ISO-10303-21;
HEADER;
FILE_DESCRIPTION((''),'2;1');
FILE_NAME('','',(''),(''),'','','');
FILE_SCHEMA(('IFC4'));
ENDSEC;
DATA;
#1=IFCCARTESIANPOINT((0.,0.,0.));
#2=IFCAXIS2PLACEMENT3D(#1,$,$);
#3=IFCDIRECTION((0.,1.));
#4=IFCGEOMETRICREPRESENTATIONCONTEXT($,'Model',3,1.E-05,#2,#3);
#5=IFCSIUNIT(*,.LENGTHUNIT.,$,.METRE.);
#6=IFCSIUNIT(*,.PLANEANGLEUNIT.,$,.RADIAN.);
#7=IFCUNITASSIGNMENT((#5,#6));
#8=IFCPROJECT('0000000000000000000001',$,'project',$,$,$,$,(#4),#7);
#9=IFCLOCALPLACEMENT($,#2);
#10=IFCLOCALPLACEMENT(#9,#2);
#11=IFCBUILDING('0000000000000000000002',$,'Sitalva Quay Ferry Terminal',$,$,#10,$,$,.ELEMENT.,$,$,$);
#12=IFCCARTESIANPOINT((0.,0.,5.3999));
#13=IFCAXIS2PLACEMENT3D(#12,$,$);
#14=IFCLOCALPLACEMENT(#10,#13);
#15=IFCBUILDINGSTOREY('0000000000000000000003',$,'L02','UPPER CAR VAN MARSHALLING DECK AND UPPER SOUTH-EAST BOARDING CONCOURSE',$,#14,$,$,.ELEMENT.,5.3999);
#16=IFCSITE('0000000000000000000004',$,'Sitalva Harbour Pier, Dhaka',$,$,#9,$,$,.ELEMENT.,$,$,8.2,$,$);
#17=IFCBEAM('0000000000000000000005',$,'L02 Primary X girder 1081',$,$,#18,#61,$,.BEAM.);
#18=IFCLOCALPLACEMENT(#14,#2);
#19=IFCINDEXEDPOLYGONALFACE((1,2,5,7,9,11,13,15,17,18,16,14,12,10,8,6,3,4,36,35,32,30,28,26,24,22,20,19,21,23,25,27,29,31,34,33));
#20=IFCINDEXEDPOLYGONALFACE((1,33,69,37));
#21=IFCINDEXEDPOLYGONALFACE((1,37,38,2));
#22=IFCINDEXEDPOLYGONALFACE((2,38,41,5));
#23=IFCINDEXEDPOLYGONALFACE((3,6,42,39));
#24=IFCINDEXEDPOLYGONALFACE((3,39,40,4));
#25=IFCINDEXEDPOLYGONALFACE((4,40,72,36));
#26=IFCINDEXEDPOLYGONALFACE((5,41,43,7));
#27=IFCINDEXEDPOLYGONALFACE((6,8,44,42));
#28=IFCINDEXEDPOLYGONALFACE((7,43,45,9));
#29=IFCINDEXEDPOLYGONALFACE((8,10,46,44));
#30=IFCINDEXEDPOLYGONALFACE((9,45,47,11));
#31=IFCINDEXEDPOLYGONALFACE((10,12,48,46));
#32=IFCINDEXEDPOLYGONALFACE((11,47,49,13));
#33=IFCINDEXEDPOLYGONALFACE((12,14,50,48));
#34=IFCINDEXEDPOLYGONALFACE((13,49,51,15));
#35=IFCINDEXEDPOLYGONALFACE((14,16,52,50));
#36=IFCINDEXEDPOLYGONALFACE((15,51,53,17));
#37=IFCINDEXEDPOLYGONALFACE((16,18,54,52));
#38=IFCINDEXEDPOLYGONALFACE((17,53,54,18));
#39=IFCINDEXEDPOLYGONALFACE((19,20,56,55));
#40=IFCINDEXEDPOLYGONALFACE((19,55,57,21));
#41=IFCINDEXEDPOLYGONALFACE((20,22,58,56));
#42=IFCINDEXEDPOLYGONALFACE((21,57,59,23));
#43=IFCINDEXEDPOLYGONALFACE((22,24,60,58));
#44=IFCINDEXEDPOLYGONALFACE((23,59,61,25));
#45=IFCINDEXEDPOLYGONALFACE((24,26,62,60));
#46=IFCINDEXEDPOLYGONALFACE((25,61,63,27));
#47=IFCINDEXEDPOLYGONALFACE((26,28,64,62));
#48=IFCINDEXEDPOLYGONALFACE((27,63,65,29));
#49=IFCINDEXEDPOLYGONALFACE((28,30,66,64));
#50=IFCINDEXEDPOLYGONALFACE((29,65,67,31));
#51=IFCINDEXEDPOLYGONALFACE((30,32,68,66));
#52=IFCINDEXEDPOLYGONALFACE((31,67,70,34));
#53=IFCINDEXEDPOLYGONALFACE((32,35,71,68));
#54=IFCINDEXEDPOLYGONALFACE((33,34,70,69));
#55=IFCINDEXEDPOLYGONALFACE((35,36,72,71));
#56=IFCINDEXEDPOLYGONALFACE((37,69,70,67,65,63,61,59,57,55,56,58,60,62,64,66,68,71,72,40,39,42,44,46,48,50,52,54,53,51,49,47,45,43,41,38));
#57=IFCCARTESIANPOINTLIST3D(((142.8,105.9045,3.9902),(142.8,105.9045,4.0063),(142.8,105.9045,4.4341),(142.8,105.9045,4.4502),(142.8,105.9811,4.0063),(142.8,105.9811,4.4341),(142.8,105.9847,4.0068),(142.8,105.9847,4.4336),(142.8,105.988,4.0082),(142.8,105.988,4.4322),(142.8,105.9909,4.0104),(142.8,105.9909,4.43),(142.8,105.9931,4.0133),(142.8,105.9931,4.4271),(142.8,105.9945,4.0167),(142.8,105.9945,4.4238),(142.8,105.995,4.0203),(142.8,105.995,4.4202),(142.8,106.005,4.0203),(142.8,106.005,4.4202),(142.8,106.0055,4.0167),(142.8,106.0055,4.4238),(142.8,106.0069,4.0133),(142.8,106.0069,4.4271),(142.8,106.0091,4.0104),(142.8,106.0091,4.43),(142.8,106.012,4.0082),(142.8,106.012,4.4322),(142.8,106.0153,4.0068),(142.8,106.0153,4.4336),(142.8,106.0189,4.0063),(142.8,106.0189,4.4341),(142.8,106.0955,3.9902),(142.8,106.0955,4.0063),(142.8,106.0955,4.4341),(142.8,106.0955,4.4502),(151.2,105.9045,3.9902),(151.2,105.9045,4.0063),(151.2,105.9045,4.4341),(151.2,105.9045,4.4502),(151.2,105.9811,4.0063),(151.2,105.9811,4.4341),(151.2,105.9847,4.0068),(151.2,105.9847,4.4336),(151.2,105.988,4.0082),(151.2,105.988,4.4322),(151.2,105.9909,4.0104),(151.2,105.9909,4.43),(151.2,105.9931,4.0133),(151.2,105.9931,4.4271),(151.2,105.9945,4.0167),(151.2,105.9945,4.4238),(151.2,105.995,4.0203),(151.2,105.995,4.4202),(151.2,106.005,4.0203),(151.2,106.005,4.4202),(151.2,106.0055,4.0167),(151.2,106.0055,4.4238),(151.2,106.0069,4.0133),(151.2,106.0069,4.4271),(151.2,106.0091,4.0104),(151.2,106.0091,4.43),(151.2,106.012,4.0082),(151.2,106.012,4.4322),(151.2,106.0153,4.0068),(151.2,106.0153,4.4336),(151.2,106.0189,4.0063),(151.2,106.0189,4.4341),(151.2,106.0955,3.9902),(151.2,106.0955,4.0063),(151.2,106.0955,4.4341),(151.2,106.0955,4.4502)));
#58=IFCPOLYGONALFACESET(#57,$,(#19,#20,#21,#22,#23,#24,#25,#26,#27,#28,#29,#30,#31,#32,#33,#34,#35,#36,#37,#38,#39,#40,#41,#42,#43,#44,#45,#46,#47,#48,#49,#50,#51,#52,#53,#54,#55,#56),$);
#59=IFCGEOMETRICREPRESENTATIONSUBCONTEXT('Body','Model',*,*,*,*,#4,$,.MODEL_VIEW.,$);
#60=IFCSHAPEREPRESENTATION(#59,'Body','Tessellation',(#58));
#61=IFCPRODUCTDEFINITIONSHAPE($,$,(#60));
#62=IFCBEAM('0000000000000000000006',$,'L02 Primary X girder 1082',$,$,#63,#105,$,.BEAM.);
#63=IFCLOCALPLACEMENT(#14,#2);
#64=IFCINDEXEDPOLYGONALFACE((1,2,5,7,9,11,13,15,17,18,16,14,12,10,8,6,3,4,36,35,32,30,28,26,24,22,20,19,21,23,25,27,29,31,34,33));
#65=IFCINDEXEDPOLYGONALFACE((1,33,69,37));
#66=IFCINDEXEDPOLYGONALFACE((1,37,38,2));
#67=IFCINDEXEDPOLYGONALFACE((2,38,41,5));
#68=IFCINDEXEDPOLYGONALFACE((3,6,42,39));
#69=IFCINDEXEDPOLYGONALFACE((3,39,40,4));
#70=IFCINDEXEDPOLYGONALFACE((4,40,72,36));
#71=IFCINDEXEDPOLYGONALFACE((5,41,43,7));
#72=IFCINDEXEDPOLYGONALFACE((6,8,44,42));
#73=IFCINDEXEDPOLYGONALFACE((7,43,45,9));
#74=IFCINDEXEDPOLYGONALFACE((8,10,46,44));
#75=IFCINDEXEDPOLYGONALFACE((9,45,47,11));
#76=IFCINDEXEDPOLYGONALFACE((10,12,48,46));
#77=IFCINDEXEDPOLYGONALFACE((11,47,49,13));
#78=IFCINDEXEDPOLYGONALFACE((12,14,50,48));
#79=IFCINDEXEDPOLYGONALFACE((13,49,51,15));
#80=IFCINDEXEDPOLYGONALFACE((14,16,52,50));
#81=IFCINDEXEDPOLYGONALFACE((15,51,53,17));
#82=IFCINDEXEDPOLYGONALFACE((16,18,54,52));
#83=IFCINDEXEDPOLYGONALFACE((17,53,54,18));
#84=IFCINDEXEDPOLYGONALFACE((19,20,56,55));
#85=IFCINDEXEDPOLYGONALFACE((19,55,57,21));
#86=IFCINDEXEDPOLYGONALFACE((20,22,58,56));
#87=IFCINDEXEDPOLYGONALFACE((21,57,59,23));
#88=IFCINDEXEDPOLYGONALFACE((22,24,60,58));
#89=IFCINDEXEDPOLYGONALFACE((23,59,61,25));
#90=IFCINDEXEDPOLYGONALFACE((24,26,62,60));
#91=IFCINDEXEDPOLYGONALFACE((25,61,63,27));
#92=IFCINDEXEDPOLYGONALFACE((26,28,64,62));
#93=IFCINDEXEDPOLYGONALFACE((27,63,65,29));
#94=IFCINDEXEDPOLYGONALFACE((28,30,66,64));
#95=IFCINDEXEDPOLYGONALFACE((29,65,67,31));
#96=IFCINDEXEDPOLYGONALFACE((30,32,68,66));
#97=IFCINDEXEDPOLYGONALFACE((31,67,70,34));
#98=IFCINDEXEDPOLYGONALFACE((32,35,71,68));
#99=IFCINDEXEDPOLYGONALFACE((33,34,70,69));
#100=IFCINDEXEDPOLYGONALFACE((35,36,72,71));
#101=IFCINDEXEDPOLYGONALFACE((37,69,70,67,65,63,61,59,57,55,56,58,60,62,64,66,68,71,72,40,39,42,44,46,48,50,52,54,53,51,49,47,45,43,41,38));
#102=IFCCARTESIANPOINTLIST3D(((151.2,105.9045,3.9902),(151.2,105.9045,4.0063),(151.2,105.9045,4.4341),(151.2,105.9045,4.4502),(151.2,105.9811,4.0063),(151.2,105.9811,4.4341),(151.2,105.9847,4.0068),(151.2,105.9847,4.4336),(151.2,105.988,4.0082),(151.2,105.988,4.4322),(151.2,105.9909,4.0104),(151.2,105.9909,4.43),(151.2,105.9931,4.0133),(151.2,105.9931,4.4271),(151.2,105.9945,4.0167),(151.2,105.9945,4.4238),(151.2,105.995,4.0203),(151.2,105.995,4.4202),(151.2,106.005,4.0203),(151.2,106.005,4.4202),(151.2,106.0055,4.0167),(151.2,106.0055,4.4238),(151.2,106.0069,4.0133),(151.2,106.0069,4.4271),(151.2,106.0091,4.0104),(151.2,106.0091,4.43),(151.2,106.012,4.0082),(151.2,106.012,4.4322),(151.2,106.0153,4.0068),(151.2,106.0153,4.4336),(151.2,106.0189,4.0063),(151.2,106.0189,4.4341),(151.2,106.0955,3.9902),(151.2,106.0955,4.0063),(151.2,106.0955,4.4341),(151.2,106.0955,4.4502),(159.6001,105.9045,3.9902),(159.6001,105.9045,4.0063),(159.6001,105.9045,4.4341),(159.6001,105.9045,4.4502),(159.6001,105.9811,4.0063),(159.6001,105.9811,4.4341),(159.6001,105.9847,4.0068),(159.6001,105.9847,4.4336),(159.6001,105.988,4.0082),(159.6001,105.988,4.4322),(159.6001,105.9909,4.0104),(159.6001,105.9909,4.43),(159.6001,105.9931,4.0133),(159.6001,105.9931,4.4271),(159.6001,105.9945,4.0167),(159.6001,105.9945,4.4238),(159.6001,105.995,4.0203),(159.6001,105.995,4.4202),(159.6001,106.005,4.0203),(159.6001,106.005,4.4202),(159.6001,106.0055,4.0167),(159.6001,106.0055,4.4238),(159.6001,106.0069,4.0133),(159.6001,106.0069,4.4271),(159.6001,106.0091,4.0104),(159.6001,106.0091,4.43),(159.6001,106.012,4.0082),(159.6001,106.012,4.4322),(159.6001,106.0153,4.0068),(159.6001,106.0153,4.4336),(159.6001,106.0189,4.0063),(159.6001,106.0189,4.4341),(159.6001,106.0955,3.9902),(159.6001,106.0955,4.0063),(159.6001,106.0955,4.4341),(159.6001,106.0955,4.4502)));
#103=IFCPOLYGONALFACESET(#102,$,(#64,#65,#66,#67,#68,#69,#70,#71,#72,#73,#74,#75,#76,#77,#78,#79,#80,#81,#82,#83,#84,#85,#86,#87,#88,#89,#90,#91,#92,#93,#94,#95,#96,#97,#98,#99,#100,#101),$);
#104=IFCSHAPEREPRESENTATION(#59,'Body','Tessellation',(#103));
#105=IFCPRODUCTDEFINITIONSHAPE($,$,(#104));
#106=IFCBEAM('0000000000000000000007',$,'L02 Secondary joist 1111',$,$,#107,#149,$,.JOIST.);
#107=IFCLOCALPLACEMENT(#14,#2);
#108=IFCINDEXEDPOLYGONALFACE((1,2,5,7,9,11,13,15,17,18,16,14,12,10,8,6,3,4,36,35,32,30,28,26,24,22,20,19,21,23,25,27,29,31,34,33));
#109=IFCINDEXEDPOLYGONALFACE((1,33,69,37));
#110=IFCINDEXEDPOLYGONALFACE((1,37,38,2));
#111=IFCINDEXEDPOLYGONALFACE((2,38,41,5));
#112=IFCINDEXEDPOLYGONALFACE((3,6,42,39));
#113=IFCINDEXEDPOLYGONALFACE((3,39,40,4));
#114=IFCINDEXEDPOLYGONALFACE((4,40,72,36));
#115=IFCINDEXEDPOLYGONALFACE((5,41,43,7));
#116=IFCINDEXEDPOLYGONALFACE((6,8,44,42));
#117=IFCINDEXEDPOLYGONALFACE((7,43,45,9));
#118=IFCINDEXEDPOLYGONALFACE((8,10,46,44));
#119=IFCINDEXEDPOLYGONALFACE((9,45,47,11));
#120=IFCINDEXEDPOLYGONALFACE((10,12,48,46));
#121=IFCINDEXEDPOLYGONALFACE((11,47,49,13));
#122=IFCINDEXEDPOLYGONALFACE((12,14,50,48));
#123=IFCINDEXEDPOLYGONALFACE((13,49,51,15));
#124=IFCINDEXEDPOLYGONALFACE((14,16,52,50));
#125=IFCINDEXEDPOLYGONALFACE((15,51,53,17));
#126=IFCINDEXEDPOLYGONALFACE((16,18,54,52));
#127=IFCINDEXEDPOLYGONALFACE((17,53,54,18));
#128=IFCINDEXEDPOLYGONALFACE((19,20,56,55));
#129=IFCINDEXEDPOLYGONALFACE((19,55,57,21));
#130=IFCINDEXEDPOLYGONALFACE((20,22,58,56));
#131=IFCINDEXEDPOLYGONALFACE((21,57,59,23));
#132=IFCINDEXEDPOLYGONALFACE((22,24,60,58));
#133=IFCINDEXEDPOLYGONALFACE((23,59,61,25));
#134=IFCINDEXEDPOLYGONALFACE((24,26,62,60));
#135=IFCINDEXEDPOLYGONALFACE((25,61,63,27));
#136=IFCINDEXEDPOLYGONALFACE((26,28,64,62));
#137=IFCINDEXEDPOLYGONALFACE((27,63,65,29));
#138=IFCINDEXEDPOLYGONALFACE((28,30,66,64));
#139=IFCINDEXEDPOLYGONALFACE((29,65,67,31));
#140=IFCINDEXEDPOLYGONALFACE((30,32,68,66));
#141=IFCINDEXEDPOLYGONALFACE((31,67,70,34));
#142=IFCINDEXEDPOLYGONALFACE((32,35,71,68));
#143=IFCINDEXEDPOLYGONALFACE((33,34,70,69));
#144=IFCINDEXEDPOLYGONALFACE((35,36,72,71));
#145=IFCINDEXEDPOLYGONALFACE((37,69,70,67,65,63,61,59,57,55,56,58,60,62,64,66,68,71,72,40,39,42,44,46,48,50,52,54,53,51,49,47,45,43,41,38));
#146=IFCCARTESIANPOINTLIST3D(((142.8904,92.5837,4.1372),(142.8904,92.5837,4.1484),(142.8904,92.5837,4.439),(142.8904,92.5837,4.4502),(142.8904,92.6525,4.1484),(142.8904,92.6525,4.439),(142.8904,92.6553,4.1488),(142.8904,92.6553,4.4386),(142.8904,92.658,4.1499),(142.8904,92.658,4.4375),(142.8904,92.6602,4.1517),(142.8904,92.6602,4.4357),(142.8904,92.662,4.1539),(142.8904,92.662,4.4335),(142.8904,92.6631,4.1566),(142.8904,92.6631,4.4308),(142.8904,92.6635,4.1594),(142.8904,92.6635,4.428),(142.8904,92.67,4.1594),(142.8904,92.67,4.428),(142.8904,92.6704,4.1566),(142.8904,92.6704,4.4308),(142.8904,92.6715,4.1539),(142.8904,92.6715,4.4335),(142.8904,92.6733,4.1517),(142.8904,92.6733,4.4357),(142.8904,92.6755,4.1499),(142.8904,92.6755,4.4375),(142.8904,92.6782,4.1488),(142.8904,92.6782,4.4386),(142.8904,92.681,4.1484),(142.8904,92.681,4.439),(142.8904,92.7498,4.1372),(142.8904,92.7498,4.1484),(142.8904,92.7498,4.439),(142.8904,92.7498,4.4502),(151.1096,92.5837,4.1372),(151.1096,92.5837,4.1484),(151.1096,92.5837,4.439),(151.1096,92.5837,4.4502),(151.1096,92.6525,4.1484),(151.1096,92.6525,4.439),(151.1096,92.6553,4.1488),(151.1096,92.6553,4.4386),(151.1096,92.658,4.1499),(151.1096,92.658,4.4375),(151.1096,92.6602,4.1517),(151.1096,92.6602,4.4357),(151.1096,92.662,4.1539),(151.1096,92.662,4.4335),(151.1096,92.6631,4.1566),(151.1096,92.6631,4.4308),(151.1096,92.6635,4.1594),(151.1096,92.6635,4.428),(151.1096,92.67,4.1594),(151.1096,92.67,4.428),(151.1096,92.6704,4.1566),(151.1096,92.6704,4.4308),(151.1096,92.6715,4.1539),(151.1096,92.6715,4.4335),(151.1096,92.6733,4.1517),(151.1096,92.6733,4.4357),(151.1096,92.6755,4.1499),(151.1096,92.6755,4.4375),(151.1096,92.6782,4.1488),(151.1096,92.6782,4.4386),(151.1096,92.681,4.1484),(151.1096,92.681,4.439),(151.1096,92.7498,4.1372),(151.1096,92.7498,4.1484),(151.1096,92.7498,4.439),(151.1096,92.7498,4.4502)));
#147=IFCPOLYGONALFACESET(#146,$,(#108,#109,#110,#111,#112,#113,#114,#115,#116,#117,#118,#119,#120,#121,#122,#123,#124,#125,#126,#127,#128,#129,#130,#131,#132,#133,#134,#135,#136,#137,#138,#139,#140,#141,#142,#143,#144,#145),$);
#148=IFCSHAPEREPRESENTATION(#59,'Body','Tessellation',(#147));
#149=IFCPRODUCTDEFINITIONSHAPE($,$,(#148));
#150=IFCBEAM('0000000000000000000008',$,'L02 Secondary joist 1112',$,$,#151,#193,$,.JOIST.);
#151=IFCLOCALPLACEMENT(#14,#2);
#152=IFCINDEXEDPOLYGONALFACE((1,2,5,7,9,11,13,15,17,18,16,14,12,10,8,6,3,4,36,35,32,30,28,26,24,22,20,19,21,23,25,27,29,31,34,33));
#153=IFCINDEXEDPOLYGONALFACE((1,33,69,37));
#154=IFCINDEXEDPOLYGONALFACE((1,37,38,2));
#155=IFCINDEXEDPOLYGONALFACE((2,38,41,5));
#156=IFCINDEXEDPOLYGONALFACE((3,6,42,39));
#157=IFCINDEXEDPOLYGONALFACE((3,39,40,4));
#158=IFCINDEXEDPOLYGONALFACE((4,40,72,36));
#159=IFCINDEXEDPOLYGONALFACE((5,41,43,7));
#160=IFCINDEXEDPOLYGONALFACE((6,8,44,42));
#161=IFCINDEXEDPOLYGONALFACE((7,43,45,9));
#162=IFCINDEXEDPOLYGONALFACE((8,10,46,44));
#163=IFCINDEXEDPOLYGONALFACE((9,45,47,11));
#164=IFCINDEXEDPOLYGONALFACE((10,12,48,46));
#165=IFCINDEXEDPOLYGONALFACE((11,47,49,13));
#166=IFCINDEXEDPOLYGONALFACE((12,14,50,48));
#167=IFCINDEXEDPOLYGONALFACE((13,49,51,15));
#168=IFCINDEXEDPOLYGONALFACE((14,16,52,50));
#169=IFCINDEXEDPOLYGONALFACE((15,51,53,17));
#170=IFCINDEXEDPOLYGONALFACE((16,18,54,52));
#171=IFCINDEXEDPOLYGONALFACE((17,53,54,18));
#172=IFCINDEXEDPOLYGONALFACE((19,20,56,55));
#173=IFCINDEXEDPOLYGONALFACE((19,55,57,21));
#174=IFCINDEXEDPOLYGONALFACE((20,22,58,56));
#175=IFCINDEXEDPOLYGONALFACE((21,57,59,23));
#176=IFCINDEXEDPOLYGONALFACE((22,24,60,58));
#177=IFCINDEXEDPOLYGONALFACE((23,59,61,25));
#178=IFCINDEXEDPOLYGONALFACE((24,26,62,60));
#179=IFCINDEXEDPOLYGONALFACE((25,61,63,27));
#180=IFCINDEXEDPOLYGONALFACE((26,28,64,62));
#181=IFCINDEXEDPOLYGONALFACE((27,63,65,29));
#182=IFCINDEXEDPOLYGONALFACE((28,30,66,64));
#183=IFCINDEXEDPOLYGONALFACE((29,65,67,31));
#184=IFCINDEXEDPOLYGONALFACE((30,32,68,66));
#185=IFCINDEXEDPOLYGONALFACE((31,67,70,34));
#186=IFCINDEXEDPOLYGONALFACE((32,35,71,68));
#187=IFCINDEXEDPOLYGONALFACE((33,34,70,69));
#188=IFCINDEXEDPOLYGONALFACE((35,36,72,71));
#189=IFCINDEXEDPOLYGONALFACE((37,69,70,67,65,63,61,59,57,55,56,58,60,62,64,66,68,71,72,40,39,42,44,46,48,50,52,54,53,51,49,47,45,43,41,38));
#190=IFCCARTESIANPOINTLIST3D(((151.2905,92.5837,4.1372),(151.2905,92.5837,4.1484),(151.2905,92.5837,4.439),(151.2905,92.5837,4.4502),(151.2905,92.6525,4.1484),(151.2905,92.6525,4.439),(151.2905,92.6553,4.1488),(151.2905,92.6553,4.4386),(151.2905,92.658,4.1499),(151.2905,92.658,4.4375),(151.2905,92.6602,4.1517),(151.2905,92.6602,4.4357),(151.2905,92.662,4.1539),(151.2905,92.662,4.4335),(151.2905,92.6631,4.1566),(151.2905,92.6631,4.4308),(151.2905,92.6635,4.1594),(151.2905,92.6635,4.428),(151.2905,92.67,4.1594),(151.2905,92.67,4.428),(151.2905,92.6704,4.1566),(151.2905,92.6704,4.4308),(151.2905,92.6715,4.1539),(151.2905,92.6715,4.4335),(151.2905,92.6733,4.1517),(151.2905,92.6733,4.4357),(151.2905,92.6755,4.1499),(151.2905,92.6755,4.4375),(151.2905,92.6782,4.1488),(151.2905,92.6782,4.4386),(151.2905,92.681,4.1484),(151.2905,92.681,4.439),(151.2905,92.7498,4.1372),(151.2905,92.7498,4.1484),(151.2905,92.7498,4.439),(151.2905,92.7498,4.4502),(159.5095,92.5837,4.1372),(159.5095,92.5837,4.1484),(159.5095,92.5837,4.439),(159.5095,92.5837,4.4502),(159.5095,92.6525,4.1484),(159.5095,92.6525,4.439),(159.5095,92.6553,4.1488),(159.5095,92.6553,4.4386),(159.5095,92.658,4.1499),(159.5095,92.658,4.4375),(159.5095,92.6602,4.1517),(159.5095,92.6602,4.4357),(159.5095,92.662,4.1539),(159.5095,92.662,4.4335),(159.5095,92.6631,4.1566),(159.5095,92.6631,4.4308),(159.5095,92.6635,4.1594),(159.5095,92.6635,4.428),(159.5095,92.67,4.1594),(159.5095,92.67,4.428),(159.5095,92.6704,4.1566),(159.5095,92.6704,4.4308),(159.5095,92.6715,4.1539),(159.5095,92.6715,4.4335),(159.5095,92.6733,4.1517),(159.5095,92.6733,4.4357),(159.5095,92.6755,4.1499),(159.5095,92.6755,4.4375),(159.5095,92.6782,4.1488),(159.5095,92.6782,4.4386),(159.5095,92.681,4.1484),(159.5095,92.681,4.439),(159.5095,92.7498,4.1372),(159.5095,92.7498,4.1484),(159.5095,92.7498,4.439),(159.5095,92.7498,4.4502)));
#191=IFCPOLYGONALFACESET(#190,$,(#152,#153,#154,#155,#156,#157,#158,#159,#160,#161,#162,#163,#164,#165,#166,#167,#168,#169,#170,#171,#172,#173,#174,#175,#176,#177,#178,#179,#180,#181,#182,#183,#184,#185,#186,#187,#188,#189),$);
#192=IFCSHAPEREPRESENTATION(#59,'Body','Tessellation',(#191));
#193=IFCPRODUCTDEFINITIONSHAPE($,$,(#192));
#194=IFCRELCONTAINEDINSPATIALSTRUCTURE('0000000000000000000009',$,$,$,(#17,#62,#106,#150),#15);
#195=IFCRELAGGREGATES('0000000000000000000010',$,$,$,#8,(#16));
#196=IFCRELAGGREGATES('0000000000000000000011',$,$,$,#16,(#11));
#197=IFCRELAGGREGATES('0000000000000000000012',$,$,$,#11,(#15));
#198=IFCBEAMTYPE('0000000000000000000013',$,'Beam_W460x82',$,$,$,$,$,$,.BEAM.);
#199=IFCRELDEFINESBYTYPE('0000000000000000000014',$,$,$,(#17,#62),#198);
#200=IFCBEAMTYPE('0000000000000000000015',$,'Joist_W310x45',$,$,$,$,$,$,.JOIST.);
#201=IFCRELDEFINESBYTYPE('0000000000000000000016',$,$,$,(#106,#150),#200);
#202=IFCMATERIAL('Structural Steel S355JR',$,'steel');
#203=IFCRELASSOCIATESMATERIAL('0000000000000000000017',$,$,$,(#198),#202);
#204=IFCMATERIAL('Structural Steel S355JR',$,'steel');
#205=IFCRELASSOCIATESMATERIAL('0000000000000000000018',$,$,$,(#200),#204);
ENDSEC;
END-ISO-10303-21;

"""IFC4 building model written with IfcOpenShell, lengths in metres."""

from ifc_helpers import new_model, si_unit, direction, frame, origin, origin_2d, place, context, subcontext, project, spatial, i_section, extrude, material, material_profile, profile_set, type_object, element, save


model = new_model("IFC4")

# Units and contexts
model_context = context("Model", 3, precision=1e-05, world=origin(), true_north=direction((0.0, 1.0)))
body_context = subcontext(model_context, "Body", "Model", "MODEL_VIEW")
ifc_project = project(units=[si_unit("LENGTHUNIT", "METRE"), si_unit("PLANEANGLEUNIT", "RADIAN")], contexts=[model_context])

# Site, building, storey
site_placement = place(None, origin())
site = spatial("IfcSite", under=ifc_project, at=site_placement, Name="Sitalva Harbour Pier, Dhaka", CompositionType="ELEMENT", RefElevation=8.2)
building_placement = place(site_placement, origin())
building = spatial("IfcBuilding", under=site, at=building_placement, Name="Sitalva Quay Ferry Terminal", CompositionType="ELEMENT")
storey_placement = place(building_placement, frame((0.0, 0.0, 5.3999)))
storey = spatial("IfcBuildingStorey", under=building, at=storey_placement, Name="L02", Description="UPPER CAR VAN MARSHALLING DECK AND UPPER SOUTH-EAST BOARDING CONCOURSE", CompositionType="ELEMENT", Elevation=5.3999)

# Beams
ifc_material_1 = material(Name="Structural Steel S355JR", Category="steel")
ifc_material_profile_1 = material_profile(ifc_material_1, i_section(OverallWidth=0.1909, OverallDepth=0.46, WebThickness=0.01, FlangeThickness=0.0161, FilletRadius=0.0139, at=origin_2d()), Name="W460x82")
ifc_profile_set_1 = profile_set([ifc_material_profile_1], Name="Structural Steel S355JR")
beam_type_1 = type_object("IfcBeamType", Name="Beam_W460x82", PredefinedType="BEAM", material=ifc_profile_set_1)
beam_1_placement = place(storey_placement, frame((142.8, 106.0, 4.2202), z_axis=(1.0, 0.0, 0.0), x_axis=(0.0, 1.0, 0.0)))
element("IfcBeam", 1, at=beam_1_placement, inside=storey, type_object=beam_type_1, Name="L02 Primary X girder 1081", PredefinedType="BEAM", context=body_context, shape_type="SweptSolid", body=[
    extrude(i_section(OverallWidth=0.1909, OverallDepth=0.46, WebThickness=0.01, FlangeThickness=0.0161, FilletRadius=0.0139, at=origin_2d()), origin(), (0.0, 0.0, 1.0), 8.3999),
])
beam_2_placement = place(storey_placement, frame((151.2, 106.0, 4.2202), z_axis=(1.0, 0.0, 0.0), x_axis=(0.0, 1.0, 0.0)))
element("IfcBeam", 2, at=beam_2_placement, inside=storey, type_object=beam_type_1, Name="L02 Primary X girder 1082", PredefinedType="BEAM", context=body_context, shape_type="SweptSolid", body=[
    extrude(i_section(OverallWidth=0.1909, OverallDepth=0.46, WebThickness=0.01, FlangeThickness=0.0161, FilletRadius=0.0139, at=origin_2d()), origin(), (0.0, 0.0, 1.0), 8.4001),
])
ifc_material_2 = material(Name="Structural Steel S355JR", Category="steel")
ifc_material_profile_2 = material_profile(ifc_material_2, i_section(OverallWidth=0.166, OverallDepth=0.313, WebThickness=0.0066, FlangeThickness=0.0112, FilletRadius=0.011, at=origin_2d()), Name="W310x45")
ifc_profile_set_2 = profile_set([ifc_material_profile_2], Name="Structural Steel S355JR")
beam_type_2 = type_object("IfcBeamType", Name="Joist_W310x45", PredefinedType="JOIST", material=ifc_profile_set_2)
beam_3_placement = place(storey_placement, frame((142.8904, 92.6667, 4.2937), z_axis=(1.0, 0.0, 0.0), x_axis=(0.0, 1.0, 0.0)))
element("IfcBeam", 3, at=beam_3_placement, inside=storey, type_object=beam_type_2, Name="L02 Secondary joist 1111", PredefinedType="JOIST", context=body_context, shape_type="SweptSolid", body=[
    extrude(i_section(OverallWidth=0.166, OverallDepth=0.313, WebThickness=0.0066, FlangeThickness=0.0112, FilletRadius=0.011, at=origin_2d()), origin(), (0.0, 0.0, 1.0), 8.2192),
])
beam_4_placement = place(storey_placement, frame((151.2905, 92.6667, 4.2937), z_axis=(1.0, 0.0, 0.0), x_axis=(0.0, 1.0, 0.0)))
element("IfcBeam", 4, at=beam_4_placement, inside=storey, type_object=beam_type_2, Name="L02 Secondary joist 1112", PredefinedType="JOIST", context=body_context, shape_type="SweptSolid", body=[
    extrude(i_section(OverallWidth=0.166, OverallDepth=0.313, WebThickness=0.0066, FlangeThickness=0.0112, FilletRadius=0.011, at=origin_2d()), origin(), (0.0, 0.0, 1.0), 8.219),
])

save(model, "model.ifc")
